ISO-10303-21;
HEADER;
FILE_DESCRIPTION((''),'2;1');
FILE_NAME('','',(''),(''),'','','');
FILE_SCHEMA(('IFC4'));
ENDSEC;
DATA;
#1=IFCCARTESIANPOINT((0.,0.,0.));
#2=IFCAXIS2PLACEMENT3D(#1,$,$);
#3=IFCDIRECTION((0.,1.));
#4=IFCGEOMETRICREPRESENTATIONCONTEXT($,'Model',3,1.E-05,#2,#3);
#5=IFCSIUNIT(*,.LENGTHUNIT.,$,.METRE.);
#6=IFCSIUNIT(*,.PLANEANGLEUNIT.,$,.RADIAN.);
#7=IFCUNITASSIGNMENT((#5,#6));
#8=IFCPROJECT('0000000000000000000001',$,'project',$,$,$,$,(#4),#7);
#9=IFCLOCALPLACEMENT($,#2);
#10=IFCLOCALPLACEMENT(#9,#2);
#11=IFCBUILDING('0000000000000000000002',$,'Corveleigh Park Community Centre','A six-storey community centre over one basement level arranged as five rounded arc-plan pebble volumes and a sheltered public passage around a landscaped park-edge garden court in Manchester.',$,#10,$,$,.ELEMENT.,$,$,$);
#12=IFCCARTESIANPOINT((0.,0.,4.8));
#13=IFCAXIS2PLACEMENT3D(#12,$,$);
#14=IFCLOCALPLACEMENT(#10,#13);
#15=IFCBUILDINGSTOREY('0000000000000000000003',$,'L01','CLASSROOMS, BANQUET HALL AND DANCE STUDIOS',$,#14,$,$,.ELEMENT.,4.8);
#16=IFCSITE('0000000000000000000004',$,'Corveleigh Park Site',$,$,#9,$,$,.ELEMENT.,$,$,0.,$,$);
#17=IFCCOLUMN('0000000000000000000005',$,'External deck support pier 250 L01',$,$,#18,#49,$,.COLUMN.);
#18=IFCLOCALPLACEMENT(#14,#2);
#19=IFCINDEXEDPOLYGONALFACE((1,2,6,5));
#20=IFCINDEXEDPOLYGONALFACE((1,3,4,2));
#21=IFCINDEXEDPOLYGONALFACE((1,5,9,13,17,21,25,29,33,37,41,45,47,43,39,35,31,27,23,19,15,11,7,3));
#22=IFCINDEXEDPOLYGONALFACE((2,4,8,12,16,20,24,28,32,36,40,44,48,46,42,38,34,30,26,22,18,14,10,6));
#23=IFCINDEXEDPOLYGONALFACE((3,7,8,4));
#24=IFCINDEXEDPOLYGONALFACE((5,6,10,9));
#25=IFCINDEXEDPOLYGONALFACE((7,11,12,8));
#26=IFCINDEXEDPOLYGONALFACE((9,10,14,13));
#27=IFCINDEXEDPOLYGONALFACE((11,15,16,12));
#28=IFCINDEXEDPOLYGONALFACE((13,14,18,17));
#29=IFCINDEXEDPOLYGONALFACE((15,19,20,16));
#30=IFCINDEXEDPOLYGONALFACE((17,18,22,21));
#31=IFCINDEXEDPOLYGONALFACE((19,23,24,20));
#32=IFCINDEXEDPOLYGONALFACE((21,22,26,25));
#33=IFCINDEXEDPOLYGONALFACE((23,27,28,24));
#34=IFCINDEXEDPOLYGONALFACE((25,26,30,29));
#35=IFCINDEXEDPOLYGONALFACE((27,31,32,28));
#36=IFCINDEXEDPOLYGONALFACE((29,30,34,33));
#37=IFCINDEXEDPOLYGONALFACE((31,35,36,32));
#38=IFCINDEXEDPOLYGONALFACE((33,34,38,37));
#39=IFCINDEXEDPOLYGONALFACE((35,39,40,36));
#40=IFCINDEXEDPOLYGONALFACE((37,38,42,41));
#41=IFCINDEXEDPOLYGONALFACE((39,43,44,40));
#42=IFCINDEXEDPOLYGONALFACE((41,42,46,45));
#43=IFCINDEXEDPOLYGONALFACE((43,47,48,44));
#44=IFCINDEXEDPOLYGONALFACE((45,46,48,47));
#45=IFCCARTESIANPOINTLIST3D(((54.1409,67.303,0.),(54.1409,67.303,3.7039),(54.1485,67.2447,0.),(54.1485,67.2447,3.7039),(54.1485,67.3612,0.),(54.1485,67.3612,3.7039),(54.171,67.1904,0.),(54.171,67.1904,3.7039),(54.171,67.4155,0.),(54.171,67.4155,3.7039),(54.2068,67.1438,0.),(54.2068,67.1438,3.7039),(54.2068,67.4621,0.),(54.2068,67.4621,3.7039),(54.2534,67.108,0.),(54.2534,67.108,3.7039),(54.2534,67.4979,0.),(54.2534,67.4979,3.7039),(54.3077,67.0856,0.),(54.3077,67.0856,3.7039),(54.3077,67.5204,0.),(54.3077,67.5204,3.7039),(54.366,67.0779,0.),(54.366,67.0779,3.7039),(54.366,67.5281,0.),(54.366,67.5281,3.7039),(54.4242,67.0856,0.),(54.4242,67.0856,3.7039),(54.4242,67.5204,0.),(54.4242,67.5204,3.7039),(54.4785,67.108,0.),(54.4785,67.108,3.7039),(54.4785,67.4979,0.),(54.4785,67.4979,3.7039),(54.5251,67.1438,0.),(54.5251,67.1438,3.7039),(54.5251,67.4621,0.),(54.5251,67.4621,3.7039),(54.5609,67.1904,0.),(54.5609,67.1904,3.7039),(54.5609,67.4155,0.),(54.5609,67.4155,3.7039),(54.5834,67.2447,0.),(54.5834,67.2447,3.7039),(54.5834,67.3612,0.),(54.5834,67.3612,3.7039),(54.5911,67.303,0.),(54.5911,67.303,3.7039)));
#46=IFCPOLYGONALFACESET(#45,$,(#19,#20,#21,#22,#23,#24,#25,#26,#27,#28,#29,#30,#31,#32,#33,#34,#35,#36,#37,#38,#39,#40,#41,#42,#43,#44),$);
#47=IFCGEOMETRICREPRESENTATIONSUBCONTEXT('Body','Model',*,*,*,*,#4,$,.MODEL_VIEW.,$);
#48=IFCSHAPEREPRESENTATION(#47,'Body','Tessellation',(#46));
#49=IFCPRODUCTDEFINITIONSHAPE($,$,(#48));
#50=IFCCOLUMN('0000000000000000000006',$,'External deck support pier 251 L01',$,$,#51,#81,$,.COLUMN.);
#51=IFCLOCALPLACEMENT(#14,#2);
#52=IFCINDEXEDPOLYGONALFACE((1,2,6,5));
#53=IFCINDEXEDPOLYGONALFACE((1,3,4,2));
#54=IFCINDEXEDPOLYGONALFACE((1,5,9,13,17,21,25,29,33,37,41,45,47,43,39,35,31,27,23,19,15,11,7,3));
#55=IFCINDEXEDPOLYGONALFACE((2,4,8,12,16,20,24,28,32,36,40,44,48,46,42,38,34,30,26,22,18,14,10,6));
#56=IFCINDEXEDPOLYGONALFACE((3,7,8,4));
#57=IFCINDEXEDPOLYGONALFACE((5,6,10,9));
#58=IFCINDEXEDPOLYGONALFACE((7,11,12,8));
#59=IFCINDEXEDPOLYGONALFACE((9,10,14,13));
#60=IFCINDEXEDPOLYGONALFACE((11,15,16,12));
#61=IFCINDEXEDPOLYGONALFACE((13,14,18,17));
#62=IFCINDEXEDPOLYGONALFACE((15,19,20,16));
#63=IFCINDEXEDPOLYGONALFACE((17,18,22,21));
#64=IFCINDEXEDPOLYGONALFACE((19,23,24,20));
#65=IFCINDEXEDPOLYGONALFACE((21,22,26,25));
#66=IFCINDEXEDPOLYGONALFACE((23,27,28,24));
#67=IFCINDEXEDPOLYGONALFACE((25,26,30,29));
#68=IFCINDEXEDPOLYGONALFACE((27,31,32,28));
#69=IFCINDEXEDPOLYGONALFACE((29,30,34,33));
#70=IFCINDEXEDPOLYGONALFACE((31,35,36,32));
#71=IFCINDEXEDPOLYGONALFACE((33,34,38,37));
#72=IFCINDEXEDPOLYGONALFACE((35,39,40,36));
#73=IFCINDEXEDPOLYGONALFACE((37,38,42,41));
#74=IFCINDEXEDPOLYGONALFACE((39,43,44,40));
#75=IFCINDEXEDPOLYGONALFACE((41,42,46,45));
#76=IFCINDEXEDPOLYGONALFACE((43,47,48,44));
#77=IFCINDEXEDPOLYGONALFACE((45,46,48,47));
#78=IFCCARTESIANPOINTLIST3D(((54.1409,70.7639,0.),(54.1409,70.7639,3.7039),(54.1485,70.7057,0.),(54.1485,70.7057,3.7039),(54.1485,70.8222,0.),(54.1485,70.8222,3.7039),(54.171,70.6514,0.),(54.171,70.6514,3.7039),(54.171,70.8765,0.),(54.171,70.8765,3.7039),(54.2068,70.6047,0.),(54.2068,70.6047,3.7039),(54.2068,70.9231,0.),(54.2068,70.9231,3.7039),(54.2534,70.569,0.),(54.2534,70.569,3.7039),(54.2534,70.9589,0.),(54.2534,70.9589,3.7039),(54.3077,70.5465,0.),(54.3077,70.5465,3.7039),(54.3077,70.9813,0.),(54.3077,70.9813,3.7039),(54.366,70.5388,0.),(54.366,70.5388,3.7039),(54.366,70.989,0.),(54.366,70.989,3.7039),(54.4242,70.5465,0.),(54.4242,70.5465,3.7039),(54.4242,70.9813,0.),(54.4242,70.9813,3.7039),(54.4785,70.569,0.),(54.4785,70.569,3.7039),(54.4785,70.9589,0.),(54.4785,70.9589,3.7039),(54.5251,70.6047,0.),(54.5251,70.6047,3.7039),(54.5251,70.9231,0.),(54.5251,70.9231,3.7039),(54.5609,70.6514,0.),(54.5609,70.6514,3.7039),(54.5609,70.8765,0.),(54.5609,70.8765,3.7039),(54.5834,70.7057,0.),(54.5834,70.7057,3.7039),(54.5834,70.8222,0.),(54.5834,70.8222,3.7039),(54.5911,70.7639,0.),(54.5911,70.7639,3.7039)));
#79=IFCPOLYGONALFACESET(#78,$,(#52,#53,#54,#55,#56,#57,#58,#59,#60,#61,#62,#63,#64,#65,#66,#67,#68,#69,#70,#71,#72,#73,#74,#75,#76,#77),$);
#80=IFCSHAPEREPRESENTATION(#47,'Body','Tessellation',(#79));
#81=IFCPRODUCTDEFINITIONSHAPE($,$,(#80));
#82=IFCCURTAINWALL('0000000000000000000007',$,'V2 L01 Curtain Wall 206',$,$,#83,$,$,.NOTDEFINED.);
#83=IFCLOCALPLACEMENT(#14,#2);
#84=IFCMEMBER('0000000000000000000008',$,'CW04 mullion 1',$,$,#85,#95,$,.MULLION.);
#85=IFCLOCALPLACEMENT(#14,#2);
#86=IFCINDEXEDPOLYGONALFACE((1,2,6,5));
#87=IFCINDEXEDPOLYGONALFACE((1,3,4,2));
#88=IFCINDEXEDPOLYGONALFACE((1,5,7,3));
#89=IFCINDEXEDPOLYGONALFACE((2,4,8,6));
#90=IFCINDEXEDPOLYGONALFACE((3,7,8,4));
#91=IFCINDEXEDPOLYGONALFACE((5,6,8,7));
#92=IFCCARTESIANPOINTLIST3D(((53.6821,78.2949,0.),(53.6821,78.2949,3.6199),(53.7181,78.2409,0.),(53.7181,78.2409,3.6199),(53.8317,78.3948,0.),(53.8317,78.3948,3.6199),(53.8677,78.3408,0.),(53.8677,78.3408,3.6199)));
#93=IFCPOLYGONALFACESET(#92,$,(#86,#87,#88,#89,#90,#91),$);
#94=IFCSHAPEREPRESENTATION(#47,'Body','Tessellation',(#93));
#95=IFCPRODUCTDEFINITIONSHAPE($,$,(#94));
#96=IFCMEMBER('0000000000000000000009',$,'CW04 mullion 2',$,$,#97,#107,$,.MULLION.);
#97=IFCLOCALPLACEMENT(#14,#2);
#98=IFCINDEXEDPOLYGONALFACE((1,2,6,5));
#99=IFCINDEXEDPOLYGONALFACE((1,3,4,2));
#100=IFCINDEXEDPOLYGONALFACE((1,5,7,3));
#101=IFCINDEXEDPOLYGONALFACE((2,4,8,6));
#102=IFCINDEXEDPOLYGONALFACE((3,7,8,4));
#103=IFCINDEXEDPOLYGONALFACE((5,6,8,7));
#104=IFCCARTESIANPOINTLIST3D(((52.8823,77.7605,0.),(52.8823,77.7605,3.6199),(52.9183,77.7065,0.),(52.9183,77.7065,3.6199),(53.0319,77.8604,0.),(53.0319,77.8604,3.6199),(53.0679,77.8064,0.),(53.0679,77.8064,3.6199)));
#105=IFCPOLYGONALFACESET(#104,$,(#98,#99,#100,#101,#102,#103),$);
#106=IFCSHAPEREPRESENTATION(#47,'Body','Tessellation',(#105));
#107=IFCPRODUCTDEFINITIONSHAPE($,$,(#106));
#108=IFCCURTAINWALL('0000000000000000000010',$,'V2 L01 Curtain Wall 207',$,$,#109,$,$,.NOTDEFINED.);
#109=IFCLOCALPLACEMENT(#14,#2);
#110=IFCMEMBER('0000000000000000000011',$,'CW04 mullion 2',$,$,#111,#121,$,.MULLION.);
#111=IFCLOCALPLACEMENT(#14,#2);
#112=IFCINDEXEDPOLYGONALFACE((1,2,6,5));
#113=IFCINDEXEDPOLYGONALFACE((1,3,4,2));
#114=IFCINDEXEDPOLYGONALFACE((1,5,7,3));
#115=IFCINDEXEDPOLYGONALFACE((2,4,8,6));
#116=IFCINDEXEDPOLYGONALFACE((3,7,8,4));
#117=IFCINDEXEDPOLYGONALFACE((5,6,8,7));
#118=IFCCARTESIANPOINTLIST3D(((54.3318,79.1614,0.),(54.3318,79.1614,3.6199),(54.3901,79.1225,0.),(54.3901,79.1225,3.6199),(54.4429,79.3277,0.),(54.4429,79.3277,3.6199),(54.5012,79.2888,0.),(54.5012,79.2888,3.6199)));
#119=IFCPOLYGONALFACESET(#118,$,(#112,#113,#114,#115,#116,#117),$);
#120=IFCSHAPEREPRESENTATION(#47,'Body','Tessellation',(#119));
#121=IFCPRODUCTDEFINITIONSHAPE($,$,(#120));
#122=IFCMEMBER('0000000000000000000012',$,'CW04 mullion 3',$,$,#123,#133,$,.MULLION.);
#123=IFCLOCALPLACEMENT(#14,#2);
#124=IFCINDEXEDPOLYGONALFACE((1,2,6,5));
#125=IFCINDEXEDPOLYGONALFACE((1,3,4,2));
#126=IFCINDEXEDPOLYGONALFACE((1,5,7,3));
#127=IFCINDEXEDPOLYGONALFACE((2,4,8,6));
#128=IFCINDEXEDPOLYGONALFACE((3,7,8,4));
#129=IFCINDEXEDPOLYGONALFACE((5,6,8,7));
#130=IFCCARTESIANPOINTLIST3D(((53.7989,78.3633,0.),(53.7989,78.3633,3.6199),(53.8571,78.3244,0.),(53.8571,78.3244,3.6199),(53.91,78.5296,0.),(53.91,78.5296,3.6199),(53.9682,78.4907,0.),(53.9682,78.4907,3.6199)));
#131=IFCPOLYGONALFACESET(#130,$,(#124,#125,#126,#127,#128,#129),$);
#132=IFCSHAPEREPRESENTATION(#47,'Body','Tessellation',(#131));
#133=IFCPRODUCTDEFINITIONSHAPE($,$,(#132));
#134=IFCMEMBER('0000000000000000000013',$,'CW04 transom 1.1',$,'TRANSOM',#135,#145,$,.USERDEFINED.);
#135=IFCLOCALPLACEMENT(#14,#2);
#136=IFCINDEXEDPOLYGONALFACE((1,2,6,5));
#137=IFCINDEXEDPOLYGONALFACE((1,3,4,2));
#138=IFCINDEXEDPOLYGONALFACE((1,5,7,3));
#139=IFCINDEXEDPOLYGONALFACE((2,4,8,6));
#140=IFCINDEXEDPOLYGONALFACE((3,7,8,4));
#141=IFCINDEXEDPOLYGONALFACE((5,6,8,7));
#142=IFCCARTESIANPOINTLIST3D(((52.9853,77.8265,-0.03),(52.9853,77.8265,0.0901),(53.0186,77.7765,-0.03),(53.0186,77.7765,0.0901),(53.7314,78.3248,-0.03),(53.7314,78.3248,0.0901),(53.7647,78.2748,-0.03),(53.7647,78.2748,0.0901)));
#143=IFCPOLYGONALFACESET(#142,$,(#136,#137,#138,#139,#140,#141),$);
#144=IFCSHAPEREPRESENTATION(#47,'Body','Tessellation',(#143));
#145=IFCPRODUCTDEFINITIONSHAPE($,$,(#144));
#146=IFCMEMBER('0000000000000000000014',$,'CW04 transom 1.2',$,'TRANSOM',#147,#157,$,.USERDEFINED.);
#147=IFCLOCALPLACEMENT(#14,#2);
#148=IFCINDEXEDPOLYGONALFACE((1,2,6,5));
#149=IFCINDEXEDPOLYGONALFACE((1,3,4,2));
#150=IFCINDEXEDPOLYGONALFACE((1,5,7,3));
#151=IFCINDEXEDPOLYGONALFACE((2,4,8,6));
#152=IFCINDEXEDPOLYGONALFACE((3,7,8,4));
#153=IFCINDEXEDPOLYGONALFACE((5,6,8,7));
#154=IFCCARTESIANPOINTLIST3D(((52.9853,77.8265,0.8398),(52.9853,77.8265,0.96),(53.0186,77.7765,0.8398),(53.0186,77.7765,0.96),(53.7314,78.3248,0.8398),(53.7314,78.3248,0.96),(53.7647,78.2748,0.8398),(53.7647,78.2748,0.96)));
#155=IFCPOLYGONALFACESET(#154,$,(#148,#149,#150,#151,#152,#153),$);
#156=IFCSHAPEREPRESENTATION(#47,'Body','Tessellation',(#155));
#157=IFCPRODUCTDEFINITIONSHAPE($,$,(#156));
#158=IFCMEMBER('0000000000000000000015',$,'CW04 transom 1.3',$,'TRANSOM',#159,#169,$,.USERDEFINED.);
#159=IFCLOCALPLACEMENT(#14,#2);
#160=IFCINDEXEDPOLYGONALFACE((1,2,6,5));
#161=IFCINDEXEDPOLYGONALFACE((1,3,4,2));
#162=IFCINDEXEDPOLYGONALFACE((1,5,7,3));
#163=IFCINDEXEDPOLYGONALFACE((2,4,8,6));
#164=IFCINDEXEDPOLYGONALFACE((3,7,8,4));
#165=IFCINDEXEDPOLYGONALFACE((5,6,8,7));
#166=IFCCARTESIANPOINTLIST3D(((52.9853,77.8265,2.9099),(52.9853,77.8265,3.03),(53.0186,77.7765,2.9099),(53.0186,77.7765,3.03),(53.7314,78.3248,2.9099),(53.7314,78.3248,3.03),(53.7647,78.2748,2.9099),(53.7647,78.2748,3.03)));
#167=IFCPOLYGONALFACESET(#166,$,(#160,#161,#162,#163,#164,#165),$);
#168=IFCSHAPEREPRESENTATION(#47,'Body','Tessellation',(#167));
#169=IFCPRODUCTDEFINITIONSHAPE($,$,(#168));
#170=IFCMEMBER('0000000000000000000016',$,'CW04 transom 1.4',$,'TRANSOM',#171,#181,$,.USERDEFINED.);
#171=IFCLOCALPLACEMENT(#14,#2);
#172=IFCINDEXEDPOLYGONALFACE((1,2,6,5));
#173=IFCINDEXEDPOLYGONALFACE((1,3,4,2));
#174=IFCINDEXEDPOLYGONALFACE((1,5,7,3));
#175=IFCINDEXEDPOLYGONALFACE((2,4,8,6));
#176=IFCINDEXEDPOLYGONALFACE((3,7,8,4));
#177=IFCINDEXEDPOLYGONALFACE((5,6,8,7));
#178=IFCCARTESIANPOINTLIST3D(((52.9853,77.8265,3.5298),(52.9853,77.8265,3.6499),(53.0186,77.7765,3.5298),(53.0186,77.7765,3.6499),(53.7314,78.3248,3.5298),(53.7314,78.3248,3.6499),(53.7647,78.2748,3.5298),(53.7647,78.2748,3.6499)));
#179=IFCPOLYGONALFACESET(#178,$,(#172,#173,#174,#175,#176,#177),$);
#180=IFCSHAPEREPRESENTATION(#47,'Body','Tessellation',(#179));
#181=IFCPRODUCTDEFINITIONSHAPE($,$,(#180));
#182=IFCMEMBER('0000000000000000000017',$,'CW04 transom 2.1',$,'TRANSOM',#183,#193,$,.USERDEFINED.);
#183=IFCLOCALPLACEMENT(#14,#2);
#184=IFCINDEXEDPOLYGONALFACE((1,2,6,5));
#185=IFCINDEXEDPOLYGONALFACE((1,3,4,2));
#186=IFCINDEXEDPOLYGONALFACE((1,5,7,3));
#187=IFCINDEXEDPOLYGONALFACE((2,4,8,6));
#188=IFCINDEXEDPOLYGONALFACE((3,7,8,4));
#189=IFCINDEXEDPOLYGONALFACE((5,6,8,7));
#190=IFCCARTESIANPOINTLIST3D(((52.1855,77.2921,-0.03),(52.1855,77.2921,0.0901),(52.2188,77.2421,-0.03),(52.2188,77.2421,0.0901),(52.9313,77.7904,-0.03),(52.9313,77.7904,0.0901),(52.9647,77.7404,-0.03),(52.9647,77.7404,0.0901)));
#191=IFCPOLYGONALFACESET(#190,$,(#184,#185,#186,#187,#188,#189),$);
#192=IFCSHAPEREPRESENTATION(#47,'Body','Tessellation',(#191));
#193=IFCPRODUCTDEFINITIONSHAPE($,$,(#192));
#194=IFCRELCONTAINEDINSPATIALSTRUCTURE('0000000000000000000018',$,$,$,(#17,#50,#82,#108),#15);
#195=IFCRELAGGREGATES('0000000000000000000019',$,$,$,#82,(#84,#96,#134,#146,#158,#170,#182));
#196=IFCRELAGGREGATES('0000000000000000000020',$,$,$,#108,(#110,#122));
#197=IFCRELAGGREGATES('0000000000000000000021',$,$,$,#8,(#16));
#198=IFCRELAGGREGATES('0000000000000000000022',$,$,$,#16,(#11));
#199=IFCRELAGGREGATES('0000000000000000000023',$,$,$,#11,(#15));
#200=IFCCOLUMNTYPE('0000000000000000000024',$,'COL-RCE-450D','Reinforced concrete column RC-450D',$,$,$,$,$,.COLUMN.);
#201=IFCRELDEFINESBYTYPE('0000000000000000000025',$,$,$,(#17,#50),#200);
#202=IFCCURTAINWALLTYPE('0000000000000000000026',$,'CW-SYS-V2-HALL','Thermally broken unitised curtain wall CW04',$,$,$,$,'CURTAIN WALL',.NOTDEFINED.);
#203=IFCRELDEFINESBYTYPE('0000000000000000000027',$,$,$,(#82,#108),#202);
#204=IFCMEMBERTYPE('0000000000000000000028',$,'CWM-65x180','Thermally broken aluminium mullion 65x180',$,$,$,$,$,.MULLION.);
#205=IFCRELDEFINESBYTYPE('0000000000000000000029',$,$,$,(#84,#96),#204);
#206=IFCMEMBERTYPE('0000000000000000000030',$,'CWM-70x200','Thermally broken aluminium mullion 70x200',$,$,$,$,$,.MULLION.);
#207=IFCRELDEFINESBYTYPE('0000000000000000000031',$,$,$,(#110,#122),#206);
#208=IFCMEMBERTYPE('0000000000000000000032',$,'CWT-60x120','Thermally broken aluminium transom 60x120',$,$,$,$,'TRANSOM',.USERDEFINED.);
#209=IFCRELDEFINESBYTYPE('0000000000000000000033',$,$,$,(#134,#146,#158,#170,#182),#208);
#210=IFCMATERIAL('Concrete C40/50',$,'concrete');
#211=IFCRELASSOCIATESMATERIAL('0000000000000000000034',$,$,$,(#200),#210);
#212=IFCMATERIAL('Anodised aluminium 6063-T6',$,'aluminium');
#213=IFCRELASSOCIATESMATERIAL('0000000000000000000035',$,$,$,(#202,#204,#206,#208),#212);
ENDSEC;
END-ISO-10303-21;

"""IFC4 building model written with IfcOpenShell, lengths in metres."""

from ifc_helpers import new_model, si_unit, direction, frame, origin, origin_2d, place, context, subcontext, project, spatial, rectangle, circle, extrude, material, material_profile, profile_set, type_object, element, aggregate, save


model = new_model("IFC4")

# Units and contexts
model_context = context("Model", 3, precision=1e-05, world=origin(), true_north=direction((0.0, 1.0)))
body_context = subcontext(model_context, "Body", "Model", "MODEL_VIEW")
ifc_project = project(units=[si_unit("LENGTHUNIT", "METRE"), si_unit("PLANEANGLEUNIT", "RADIAN")], contexts=[model_context])

# Site, building, storey
site_placement = place(None, origin())
site = spatial("IfcSite", under=ifc_project, at=site_placement, Name="Corveleigh Park Site", CompositionType="ELEMENT", RefElevation=0.0)
building_placement = place(site_placement, origin())
building = spatial("IfcBuilding", under=site, at=building_placement, Name="Corveleigh Park Community Centre", Description="A six-storey community centre over one basement level arranged as five rounded arc-plan pebble volumes and a sheltered public passage around a landscaped park-edge garden court in Manchester.", CompositionType="ELEMENT")
storey_placement = place(building_placement, frame((0.0, 0.0, 4.8)))
storey = spatial("IfcBuildingStorey", under=building, at=storey_placement, Name="L01", Description="CLASSROOMS, BANQUET HALL AND DANCE STUDIOS", CompositionType="ELEMENT", Elevation=4.8)

# Columns
ifc_material_1 = material(Name="Concrete C40/50", Category="concrete")
ifc_material_profile_1 = material_profile(ifc_material_1, circle(Radius=0.2251, at=origin_2d()), Name="RC-450D", Category="concrete")
ifc_profile_set_1 = profile_set([ifc_material_profile_1], Name="Concrete C40/50")
column_type = type_object("IfcColumnType", Name="COL-RCE-450D", Description="Reinforced concrete column RC-450D", PredefinedType="COLUMN", material=ifc_profile_set_1)
for number, where, z_axis, x_axis, name in (
    (1, (54.366, 67.303, 0.0), (0.0, 0.0, 1.0), (1.0, 0.0, 0.0), "External deck support pier 250 L01"),
    (2, (54.366, 70.7639, 0.0), (0.0, 0.0, 1.0), (1.0, 0.0, 0.0), "External deck support pier 251 L01"),
):
    element("IfcColumn", number, at=place(storey_placement, frame(where, z_axis=z_axis, x_axis=x_axis)), inside=storey, type_object=column_type, Name=name, PredefinedType="COLUMN", context=body_context, shape_type="SweptSolid", body=[
        extrude(circle(Radius=0.2251, at=origin_2d()), origin(), (0.0, 0.0, 1.0), 3.7039),
    ])

# Curtain walls, members
ifc_material_2 = material(Name="Anodised aluminium 6063-T6", Category="aluminium")
curtain_wall_type = type_object("IfcCurtainWallType", Name="CW-SYS-V2-HALL", Description="Thermally broken unitised curtain wall CW04", ElementType="CURTAIN WALL", PredefinedType="NOTDEFINED", material=ifc_material_2)
curtain_wall_1_placement = place(storey_placement, origin())
curtain_wall_1 = element("IfcCurtainWall", 3, at=curtain_wall_1_placement, inside=storey, type_object=curtain_wall_type, Name="V2 L01 Curtain Wall 206", PredefinedType="NOTDEFINED")
ifc_material_profile_2 = material_profile(ifc_material_2, rectangle(XDim=0.0649, YDim=0.1799, at=origin_2d()), Name="ALU-M65x180", Category="aluminium")
ifc_profile_set_2 = profile_set([ifc_material_profile_2], Name="Anodised aluminium 6063-T6")
member_type_1 = type_object("IfcMemberType", Name="CWM-65x180", Description="Thermally broken aluminium mullion 65x180", PredefinedType="MULLION", material=ifc_profile_set_2)
member_1_placement = place(storey_placement, frame((53.7749, 78.3179, 0.0), z_axis=(0.0, 0.0, 1.0), x_axis=(0.555512, -0.831509, 0.0)))
member_1 = element("IfcMember", 4, at=member_1_placement, type_object=member_type_1, Name="CW04 mullion 1", PredefinedType="MULLION", context=body_context, shape_type="SweptSolid", body=[
    extrude(rectangle(XDim=0.0649, YDim=0.1799, at=origin_2d()), origin(), (0.0, 0.0, 1.0), 3.6199),
])
member_2_placement = place(storey_placement, frame((52.9751, 77.7834, 0.0), z_axis=(0.0, 0.0, 1.0), x_axis=(0.555512, -0.831509, 0.0)))
member_2 = element("IfcMember", 5, at=member_2_placement, type_object=member_type_1, Name="CW04 mullion 2", PredefinedType="MULLION", context=body_context, shape_type="SweptSolid", body=[
    extrude(rectangle(XDim=0.0649, YDim=0.1799, at=origin_2d()), origin(), (0.0, 0.0, 1.0), 3.6199),
])
curtain_wall_2_placement = place(storey_placement, origin())
curtain_wall_2 = element("IfcCurtainWall", 6, at=curtain_wall_2_placement, inside=storey, type_object=curtain_wall_type, Name="V2 L01 Curtain Wall 207", PredefinedType="NOTDEFINED")
ifc_material_profile_3 = material_profile(ifc_material_2, rectangle(XDim=0.0701, YDim=0.2, at=origin_2d()), Name="ALU-M70x200", Category="aluminium")
ifc_profile_set_3 = profile_set([ifc_material_profile_3], Name="Anodised aluminium 6063-T6")
member_type_2 = type_object("IfcMemberType", Name="CWM-70x200", Description="Thermally broken aluminium mullion 70x200", PredefinedType="MULLION", material=ifc_profile_set_3)
member_3_placement = place(storey_placement, frame((54.4165, 79.2251, 0.0), z_axis=(0.0, 0.0, 1.0), x_axis=(0.831509, -0.555512, 0.0)))
member_3 = element("IfcMember", 7, at=member_3_placement, type_object=member_type_2, Name="CW04 mullion 2", PredefinedType="MULLION", context=body_context, shape_type="SweptSolid", body=[
    extrude(rectangle(XDim=0.0701, YDim=0.2, at=origin_2d()), origin(), (0.0, 0.0, 1.0), 3.6199),
])
member_4_placement = place(storey_placement, frame((53.8835, 78.427, 0.0), z_axis=(0.0, 0.0, 1.0), x_axis=(0.831509, -0.555512, 0.0)))
member_4 = element("IfcMember", 8, at=member_4_placement, type_object=member_type_2, Name="CW04 mullion 3", PredefinedType="MULLION", context=body_context, shape_type="SweptSolid", body=[
    extrude(rectangle(XDim=0.0701, YDim=0.2, at=origin_2d()), origin(), (0.0, 0.0, 1.0), 3.6199),
])

# Members
ifc_material_profile_4 = material_profile(ifc_material_2, rectangle(XDim=0.0601, YDim=0.1201, at=origin_2d()), Name="ALU-T60x120", Category="aluminium")
ifc_profile_set_4 = profile_set([ifc_material_profile_4], Name="Anodised aluminium 6063-T6")
member_type_3 = type_object("IfcMemberType", Name="CWT-60x120", Description="Thermally broken aluminium transom 60x120", ElementType="TRANSOM", PredefinedType="USERDEFINED", material=ifc_profile_set_4)
member_5_placement = place(storey_placement, frame((53.748, 78.2998, 0.03), z_axis=(-0.83159, -0.555391, 0.0), x_axis=(0.555391, -0.83159, 0.0)))
member_5 = element("IfcMember", 9, at=member_5_placement, type_object=member_type_3, Name="CW04 transom 1.1", ObjectType="TRANSOM", PredefinedType="USERDEFINED", context=body_context, shape_type="SweptSolid", body=[
    extrude(rectangle(XDim=0.0601, YDim=0.1201, at=origin_2d()), origin(), (0.0, 0.0, 1.0), 0.8972),
])
member_6_placement = place(storey_placement, frame((53.748, 78.2998, 0.8999), z_axis=(-0.83159, -0.555391, 0.0), x_axis=(0.555391, -0.83159, 0.0)))
member_6 = element("IfcMember", 10, at=member_6_placement, type_object=member_type_3, Name="CW04 transom 1.2", ObjectType="TRANSOM", PredefinedType="USERDEFINED", context=body_context, shape_type="SweptSolid", body=[
    extrude(rectangle(XDim=0.0601, YDim=0.1201, at=origin_2d()), origin(), (0.0, 0.0, 1.0), 0.8972),
])
member_7_placement = place(storey_placement, frame((53.748, 78.2998, 2.97), z_axis=(-0.83159, -0.555391, 0.0), x_axis=(0.555391, -0.83159, 0.0)))
member_7 = element("IfcMember", 11, at=member_7_placement, type_object=member_type_3, Name="CW04 transom 1.3", ObjectType="TRANSOM", PredefinedType="USERDEFINED", context=body_context, shape_type="SweptSolid", body=[
    extrude(rectangle(XDim=0.0601, YDim=0.1201, at=origin_2d()), origin(), (0.0, 0.0, 1.0), 0.8972),
])
member_8_placement = place(storey_placement, frame((53.748, 78.2998, 3.5898), z_axis=(-0.83159, -0.555391, 0.0), x_axis=(0.555391, -0.83159, 0.0)))
member_8 = element("IfcMember", 12, at=member_8_placement, type_object=member_type_3, Name="CW04 transom 1.4", ObjectType="TRANSOM", PredefinedType="USERDEFINED", context=body_context, shape_type="SweptSolid", body=[
    extrude(rectangle(XDim=0.0601, YDim=0.1201, at=origin_2d()), origin(), (0.0, 0.0, 1.0), 0.8972),
])
member_9_placement = place(storey_placement, frame((52.948, 77.7654, 0.03), z_axis=(-0.831506, -0.555516, 0.0), x_axis=(0.555516, -0.831506, 0.0)))
member_9 = element("IfcMember", 13, at=member_9_placement, type_object=member_type_3, Name="CW04 transom 2.1", ObjectType="TRANSOM", PredefinedType="USERDEFINED", context=body_context, shape_type="SweptSolid", body=[
    extrude(rectangle(XDim=0.0601, YDim=0.1201, at=origin_2d()), origin(), (0.0, 0.0, 1.0), 0.897),
])

aggregate(curtain_wall_1, [member_1, member_2, member_5, member_6, member_7, member_8, member_9])
aggregate(curtain_wall_2, [member_3, member_4])

save(model, "model.ifc")
